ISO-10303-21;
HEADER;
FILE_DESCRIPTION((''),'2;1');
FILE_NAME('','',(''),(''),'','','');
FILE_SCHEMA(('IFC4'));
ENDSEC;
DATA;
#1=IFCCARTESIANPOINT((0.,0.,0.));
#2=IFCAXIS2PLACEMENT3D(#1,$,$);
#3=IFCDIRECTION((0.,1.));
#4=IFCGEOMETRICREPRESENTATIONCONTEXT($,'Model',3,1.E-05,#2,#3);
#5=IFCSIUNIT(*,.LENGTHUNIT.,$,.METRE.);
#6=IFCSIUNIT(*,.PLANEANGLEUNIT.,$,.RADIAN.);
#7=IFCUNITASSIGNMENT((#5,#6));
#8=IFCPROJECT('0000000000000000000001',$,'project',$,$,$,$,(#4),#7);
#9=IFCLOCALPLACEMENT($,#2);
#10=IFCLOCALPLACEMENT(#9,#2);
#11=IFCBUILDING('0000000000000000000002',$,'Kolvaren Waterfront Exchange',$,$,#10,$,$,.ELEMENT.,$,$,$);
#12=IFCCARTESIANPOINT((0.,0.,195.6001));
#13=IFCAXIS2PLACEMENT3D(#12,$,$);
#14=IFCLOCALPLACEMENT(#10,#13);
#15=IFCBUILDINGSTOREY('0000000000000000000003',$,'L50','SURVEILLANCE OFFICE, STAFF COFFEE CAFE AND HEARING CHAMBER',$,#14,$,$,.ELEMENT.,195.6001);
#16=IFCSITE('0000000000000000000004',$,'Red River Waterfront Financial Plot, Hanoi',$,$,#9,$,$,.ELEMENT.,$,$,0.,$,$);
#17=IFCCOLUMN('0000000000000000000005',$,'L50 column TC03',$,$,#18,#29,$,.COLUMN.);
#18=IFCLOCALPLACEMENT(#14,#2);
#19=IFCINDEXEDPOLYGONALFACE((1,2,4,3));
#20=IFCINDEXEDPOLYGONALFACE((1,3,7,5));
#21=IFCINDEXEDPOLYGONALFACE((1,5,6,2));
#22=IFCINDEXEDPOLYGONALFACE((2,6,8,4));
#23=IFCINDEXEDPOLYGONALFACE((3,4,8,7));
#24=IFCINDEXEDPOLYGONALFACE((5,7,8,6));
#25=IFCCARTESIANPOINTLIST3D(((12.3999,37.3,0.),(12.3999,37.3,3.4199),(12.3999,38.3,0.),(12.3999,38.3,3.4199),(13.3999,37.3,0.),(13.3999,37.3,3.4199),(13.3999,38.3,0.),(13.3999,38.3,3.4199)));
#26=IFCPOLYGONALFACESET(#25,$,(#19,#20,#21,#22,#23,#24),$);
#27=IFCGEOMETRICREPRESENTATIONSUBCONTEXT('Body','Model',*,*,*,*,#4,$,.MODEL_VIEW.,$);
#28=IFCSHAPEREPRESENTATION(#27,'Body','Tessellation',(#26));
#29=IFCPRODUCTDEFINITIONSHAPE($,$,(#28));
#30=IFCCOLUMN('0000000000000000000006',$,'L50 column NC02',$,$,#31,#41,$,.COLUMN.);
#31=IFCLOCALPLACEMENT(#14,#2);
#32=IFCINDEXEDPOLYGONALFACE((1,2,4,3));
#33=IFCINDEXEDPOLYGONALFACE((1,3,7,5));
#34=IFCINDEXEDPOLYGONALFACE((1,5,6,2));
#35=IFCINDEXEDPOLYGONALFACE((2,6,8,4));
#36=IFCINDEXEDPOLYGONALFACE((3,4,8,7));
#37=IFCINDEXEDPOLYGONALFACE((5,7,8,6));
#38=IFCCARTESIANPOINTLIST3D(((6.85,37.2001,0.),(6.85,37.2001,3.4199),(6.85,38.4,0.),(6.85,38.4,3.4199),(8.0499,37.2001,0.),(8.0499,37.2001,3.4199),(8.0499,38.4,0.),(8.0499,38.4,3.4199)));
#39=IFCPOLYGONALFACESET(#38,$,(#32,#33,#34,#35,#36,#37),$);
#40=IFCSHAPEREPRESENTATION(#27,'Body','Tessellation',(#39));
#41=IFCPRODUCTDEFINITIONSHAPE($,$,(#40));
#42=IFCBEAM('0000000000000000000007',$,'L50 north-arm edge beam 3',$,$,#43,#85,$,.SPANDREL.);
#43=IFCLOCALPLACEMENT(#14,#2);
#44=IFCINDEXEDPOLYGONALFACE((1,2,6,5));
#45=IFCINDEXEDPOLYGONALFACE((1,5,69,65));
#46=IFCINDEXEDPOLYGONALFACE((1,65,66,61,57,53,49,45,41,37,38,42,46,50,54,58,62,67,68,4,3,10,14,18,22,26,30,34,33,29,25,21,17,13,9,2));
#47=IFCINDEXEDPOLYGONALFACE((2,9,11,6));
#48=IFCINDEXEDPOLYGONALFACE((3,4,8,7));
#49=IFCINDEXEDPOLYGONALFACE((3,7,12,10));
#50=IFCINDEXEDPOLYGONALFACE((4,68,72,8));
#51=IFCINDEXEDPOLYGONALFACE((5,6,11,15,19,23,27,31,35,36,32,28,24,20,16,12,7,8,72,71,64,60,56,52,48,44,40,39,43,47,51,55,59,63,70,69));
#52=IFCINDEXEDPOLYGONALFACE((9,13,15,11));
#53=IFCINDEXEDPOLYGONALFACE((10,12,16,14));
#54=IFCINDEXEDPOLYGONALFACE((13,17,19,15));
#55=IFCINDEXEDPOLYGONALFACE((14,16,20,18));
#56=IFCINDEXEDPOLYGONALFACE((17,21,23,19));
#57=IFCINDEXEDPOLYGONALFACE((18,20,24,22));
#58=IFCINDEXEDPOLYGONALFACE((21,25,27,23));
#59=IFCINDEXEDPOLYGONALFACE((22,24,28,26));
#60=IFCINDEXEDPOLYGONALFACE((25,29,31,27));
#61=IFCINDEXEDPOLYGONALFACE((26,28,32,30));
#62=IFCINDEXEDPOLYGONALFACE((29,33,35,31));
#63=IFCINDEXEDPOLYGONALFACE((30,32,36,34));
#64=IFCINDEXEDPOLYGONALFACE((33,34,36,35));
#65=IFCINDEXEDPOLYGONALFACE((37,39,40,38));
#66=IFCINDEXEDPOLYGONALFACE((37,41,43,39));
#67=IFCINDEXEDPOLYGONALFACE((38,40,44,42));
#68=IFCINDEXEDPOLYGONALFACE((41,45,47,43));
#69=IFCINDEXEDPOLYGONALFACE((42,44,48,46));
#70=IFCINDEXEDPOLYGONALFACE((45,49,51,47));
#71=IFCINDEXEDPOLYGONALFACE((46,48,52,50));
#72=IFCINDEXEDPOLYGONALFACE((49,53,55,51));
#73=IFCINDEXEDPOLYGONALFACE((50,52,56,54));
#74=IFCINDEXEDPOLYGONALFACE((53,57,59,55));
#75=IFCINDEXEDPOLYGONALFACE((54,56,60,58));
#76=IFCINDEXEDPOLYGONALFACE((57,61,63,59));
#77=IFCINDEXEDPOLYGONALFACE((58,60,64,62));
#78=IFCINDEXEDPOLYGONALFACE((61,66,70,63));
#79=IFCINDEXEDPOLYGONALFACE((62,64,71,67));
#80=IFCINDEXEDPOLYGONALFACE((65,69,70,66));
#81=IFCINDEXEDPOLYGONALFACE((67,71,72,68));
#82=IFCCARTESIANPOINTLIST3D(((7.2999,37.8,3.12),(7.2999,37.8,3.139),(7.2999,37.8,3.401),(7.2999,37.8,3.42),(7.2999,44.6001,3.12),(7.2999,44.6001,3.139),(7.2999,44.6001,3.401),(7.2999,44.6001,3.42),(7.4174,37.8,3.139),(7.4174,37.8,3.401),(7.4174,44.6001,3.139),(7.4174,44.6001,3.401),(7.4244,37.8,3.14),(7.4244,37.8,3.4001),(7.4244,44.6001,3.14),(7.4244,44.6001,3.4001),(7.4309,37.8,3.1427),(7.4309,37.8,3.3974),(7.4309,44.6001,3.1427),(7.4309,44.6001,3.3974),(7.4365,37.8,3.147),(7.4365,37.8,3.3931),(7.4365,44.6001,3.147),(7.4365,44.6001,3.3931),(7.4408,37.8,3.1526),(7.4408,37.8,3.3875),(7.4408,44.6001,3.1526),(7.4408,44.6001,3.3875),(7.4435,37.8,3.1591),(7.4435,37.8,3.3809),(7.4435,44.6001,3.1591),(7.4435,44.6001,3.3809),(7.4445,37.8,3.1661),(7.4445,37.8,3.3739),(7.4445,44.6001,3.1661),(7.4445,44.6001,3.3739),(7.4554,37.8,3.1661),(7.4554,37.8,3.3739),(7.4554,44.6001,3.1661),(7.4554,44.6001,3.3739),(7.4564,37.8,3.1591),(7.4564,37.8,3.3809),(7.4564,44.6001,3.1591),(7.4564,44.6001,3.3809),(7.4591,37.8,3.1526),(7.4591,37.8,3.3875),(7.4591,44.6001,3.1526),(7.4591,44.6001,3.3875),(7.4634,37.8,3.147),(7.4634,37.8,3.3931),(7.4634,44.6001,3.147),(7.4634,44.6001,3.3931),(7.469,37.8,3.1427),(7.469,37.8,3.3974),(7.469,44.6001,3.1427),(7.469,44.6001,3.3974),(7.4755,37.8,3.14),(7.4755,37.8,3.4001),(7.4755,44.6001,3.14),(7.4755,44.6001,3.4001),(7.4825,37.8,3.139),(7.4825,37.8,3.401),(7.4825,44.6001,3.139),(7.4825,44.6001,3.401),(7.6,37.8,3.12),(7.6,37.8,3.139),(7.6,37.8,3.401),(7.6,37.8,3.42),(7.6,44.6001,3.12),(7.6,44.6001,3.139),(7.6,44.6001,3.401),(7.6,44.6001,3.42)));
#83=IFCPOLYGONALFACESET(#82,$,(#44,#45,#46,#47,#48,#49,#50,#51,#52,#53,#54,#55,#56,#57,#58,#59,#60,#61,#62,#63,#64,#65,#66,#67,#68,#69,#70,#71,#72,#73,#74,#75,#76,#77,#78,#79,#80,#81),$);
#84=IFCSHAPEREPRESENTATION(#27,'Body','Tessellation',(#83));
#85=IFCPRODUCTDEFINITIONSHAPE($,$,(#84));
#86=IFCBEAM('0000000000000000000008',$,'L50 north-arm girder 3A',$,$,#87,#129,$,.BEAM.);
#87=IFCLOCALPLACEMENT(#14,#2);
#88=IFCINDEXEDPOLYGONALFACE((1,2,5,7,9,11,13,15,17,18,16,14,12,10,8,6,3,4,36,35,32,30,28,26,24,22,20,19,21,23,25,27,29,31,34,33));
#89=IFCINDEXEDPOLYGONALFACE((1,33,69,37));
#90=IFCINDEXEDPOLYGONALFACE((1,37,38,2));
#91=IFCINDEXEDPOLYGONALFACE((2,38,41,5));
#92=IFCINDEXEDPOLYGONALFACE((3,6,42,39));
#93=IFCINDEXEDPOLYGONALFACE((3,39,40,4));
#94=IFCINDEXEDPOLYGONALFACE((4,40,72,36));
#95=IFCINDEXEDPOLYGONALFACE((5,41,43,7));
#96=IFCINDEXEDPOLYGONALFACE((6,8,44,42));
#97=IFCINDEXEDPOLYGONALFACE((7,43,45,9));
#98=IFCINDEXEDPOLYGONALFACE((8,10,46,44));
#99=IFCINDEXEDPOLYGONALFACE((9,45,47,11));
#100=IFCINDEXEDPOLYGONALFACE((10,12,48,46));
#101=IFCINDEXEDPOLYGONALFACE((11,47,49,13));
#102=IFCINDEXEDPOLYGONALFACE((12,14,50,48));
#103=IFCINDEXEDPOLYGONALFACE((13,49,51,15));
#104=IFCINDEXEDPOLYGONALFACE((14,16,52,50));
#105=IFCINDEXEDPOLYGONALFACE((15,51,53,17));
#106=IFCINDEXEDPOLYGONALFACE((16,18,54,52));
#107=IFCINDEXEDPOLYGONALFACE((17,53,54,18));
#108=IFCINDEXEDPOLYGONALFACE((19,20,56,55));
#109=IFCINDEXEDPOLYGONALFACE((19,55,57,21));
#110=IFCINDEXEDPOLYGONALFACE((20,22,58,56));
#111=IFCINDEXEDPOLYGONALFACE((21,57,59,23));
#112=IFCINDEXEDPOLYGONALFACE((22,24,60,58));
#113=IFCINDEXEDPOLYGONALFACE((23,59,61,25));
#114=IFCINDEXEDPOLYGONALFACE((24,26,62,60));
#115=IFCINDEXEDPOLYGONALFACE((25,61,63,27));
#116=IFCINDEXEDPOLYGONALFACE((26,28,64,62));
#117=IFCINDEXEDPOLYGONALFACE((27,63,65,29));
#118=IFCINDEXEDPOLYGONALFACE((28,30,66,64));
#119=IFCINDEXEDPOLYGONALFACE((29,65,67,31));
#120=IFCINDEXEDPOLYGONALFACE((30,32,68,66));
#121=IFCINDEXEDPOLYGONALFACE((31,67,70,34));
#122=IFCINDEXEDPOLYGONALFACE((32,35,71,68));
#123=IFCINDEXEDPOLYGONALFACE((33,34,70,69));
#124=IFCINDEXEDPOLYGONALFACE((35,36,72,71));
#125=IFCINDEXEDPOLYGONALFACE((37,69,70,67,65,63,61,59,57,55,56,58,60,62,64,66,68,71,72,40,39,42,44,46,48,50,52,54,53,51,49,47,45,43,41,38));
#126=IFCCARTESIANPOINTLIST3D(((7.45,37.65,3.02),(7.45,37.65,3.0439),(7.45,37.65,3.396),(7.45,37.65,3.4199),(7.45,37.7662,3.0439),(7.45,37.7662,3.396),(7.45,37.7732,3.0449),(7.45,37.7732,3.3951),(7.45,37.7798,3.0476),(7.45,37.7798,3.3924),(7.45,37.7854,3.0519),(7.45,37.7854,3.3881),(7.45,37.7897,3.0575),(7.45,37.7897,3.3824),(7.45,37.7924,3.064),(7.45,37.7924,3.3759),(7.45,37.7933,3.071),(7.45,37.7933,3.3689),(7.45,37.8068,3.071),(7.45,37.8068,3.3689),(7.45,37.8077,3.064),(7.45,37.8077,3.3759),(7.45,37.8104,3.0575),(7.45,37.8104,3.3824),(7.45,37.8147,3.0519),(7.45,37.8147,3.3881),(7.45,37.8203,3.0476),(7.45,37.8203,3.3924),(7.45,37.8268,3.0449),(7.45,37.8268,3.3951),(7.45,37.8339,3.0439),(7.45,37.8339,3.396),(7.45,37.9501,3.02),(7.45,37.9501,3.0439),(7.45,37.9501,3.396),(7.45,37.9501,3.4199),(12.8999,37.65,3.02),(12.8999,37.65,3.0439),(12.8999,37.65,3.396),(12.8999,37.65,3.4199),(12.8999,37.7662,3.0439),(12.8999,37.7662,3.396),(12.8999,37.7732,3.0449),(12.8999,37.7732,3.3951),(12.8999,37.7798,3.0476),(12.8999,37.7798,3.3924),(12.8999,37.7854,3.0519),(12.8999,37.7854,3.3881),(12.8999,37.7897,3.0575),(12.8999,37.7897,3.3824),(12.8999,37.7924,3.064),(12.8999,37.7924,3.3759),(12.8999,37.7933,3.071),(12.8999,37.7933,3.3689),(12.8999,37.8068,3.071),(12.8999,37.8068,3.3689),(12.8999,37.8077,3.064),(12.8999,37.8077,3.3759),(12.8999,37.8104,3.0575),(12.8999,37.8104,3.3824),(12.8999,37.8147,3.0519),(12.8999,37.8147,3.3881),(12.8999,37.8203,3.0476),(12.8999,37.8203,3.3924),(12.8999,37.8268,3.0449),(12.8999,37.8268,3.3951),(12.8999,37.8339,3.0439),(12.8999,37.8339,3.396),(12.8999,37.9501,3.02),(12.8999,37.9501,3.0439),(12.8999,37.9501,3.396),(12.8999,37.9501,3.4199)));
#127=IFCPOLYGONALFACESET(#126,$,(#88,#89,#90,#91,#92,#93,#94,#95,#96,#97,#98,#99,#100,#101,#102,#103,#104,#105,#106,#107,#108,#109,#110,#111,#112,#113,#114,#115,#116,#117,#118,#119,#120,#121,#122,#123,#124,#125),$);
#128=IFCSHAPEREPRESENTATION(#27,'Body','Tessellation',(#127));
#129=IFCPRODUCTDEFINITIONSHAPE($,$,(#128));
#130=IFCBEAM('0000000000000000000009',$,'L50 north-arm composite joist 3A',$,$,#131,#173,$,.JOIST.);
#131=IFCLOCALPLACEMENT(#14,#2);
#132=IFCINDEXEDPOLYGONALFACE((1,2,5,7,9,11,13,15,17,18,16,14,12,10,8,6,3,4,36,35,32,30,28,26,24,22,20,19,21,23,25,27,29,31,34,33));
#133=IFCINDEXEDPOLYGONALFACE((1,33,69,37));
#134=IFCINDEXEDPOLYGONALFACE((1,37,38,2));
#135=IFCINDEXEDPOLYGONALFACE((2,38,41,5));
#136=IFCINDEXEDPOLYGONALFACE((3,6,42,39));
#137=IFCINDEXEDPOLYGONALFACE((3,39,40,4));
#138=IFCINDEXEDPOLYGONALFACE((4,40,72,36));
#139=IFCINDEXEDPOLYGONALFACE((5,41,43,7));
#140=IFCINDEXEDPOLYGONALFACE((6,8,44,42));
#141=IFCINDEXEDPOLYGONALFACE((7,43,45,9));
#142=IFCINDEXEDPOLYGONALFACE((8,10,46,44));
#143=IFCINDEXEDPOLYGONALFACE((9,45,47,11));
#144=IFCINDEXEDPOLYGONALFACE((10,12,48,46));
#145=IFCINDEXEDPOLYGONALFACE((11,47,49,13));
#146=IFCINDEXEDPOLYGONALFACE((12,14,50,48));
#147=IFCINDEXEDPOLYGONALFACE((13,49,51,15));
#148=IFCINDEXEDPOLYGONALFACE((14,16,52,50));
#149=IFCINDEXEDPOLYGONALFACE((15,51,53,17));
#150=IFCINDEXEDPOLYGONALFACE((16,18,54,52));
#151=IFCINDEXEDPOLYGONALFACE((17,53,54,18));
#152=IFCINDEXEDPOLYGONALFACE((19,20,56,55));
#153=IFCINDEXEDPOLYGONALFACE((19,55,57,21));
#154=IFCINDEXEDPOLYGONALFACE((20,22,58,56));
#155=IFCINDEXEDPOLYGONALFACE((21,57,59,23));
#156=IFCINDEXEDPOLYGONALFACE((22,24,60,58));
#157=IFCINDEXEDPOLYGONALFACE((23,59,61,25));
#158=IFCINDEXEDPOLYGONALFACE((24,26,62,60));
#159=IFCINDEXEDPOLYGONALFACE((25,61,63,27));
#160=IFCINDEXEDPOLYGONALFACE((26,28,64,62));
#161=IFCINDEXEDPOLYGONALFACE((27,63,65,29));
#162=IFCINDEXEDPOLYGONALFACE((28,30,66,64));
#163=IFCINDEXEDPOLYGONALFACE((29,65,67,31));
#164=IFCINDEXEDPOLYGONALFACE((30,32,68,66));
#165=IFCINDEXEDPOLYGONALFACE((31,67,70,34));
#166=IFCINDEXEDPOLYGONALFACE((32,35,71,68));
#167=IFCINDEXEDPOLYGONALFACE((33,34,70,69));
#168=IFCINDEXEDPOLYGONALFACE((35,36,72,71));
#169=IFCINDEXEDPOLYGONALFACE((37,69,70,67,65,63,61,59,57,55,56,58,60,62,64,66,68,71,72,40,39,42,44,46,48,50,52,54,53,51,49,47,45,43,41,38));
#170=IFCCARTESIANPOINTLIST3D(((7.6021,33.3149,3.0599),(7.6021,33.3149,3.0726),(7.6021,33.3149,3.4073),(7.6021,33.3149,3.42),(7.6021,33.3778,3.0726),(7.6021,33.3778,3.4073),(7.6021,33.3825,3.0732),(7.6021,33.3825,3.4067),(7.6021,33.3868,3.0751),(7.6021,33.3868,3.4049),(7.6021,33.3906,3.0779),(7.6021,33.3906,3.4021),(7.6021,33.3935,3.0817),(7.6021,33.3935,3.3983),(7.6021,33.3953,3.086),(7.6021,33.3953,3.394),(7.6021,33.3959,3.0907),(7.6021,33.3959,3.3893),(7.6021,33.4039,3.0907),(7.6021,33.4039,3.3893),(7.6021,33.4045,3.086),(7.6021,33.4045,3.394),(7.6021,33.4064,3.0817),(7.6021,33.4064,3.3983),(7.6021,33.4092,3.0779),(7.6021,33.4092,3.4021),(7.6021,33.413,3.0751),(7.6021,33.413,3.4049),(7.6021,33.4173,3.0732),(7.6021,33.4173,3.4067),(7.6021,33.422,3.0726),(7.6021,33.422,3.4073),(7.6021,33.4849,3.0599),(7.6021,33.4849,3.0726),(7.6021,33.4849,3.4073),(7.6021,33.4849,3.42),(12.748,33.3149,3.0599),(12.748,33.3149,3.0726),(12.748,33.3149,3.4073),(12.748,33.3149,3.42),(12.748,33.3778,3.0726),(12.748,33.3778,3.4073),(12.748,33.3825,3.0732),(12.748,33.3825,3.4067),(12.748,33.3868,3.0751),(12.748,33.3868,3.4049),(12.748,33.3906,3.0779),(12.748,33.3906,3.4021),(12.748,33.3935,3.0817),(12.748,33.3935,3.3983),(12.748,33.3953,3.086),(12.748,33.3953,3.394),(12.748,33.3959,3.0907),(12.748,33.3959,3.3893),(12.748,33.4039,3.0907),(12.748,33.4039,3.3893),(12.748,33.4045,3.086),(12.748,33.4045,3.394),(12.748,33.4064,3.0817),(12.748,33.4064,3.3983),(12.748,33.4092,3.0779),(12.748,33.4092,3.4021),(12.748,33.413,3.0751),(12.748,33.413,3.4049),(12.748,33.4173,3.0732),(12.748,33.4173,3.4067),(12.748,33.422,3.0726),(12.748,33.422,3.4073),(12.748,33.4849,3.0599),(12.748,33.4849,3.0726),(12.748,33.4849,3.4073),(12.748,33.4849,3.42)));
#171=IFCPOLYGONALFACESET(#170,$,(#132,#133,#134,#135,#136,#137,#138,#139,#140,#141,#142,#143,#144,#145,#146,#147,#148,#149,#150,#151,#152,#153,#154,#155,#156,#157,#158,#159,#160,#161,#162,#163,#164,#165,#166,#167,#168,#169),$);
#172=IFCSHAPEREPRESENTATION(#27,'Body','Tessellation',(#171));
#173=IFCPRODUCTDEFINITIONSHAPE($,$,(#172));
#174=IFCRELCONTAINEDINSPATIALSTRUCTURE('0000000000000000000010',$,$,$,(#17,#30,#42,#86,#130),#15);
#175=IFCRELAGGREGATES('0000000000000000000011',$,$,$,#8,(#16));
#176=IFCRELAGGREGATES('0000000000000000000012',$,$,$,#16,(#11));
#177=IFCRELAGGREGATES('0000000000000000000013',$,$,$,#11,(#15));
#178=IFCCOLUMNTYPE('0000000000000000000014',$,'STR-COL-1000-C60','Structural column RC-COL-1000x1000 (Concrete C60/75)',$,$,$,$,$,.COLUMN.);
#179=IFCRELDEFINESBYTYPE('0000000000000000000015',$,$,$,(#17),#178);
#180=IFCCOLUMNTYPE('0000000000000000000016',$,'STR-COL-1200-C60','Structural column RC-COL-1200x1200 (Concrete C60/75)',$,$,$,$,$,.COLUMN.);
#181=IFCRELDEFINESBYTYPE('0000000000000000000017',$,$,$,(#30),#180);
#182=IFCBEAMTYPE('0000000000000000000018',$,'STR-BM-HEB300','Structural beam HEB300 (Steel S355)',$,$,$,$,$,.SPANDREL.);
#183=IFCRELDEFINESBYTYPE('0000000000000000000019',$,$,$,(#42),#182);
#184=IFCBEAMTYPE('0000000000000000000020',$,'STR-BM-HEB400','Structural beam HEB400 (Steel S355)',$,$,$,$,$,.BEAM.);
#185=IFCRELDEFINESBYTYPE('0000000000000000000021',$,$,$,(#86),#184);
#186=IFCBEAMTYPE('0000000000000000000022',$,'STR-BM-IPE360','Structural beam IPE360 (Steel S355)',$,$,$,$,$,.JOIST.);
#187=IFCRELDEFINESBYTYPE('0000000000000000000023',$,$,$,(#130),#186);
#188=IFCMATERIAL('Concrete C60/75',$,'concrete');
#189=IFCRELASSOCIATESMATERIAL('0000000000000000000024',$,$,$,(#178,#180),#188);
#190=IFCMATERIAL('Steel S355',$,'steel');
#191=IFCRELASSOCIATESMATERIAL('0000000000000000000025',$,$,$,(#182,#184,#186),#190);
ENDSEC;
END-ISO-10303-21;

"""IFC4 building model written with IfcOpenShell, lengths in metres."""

from ifc_helpers import new_model, si_unit, direction, frame, origin, origin_2d, place, context, subcontext, project, spatial, rectangle, i_section, extrude, material, material_profile, profile_set, type_object, element, save


model = new_model("IFC4")

# Units and contexts
model_context = context("Model", 3, precision=1e-05, world=origin(), true_north=direction((0.0, 1.0)))
body_context = subcontext(model_context, "Body", "Model", "MODEL_VIEW")
ifc_project = project(units=[si_unit("LENGTHUNIT", "METRE"), si_unit("PLANEANGLEUNIT", "RADIAN")], contexts=[model_context])

# Site, building, storey
site_placement = place(None, origin())
site = spatial("IfcSite", under=ifc_project, at=site_placement, Name="Red River Waterfront Financial Plot, Hanoi", CompositionType="ELEMENT", RefElevation=0.0)
building_placement = place(site_placement, origin())
building = spatial("IfcBuilding", under=site, at=building_placement, Name="Kolvaren Waterfront Exchange", CompositionType="ELEMENT")
storey_placement = place(building_placement, frame((0.0, 0.0, 195.6001)))
storey = spatial("IfcBuildingStorey", under=building, at=storey_placement, Name="L50", Description="SURVEILLANCE OFFICE, STAFF COFFEE CAFE AND HEARING CHAMBER", CompositionType="ELEMENT", Elevation=195.6001)

# Columns
ifc_material_1 = material(Name="Concrete C60/75", Category="concrete")
ifc_material_profile_1 = material_profile(ifc_material_1, rectangle(XDim=1.0, YDim=1.0, at=origin_2d()), Name="RC-COL-1000x1000")
ifc_profile_set_1 = profile_set([ifc_material_profile_1], Name="Concrete C60/75")
column_type_1 = type_object("IfcColumnType", Name="STR-COL-1000-C60", Description="Structural column RC-COL-1000x1000 (Concrete C60/75)", PredefinedType="COLUMN", material=ifc_profile_set_1)
column_1_placement = place(storey_placement, frame((12.8999, 37.8, 0.0), z_axis=(0.0, 0.0, 1.0), x_axis=(1.0, 0.0, 0.0)))
element("IfcColumn", 1, at=column_1_placement, inside=storey, type_object=column_type_1, Name="L50 column TC03", PredefinedType="COLUMN", context=body_context, shape_type="SweptSolid", body=[
    extrude(rectangle(XDim=1.0, YDim=1.0, at=origin_2d()), origin(), (0.0, 0.0, 1.0), 3.4199),
])
ifc_material_profile_2 = material_profile(ifc_material_1, rectangle(XDim=1.2, YDim=1.2, at=origin_2d()), Name="RC-COL-1200x1200")
ifc_profile_set_2 = profile_set([ifc_material_profile_2], Name="Concrete C60/75")
column_type_2 = type_object("IfcColumnType", Name="STR-COL-1200-C60", Description="Structural column RC-COL-1200x1200 (Concrete C60/75)", PredefinedType="COLUMN", material=ifc_profile_set_2)
column_2_placement = place(storey_placement, frame((7.45, 37.8, 0.0), z_axis=(0.0, 0.0, 1.0), x_axis=(1.0, 0.0, 0.0)))
element("IfcColumn", 2, at=column_2_placement, inside=storey, type_object=column_type_2, Name="L50 column NC02", PredefinedType="COLUMN", context=body_context, shape_type="SweptSolid", body=[
    extrude(rectangle(XDim=1.2, YDim=1.2, at=origin_2d()), origin(), (0.0, 0.0, 1.0), 3.4199),
])

# Beams
ifc_material_2 = material(Name="Steel S355", Category="steel")
ifc_material_profile_3 = material_profile(ifc_material_2, i_section(OverallWidth=0.3, OverallDepth=0.3, WebThickness=0.011, FlangeThickness=0.019, FilletRadius=0.0271, at=origin_2d()), Name="HEB300")
ifc_profile_set_3 = profile_set([ifc_material_profile_3], Name="Steel S355")
beam_type_1 = type_object("IfcBeamType", Name="STR-BM-HEB300", Description="Structural beam HEB300 (Steel S355)", PredefinedType="SPANDREL", material=ifc_profile_set_3)
beam_1_placement = place(storey_placement, frame((7.45, 37.8, 3.27), z_axis=(0.0, 1.0, 0.0), x_axis=(-1.0, 0.0, 0.0)))
element("IfcBeam", 3, at=beam_1_placement, inside=storey, type_object=beam_type_1, Name="L50 north-arm edge beam 3", PredefinedType="SPANDREL", context=body_context, shape_type="SweptSolid", body=[
    extrude(i_section(OverallWidth=0.3, OverallDepth=0.3, WebThickness=0.011, FlangeThickness=0.019, FilletRadius=0.0271, at=origin_2d()), origin(), (0.0, 0.0, 1.0), 6.8),
])
ifc_material_profile_4 = material_profile(ifc_material_2, i_section(OverallWidth=0.3, OverallDepth=0.3999, WebThickness=0.0134, FlangeThickness=0.0239, FilletRadius=0.0271, at=origin_2d()), Name="HEB400")
ifc_profile_set_4 = profile_set([ifc_material_profile_4], Name="Steel S355")
beam_type_2 = type_object("IfcBeamType", Name="STR-BM-HEB400", Description="Structural beam HEB400 (Steel S355)", PredefinedType="BEAM", material=ifc_profile_set_4)
beam_2_placement = place(storey_placement, frame((7.45, 37.8, 3.22), z_axis=(1.0, 0.0, 0.0), x_axis=(0.0, 1.0, 0.0)))
element("IfcBeam", 4, at=beam_2_placement, inside=storey, type_object=beam_type_2, Name="L50 north-arm girder 3A", PredefinedType="BEAM", context=body_context, shape_type="SweptSolid", body=[
    extrude(i_section(OverallWidth=0.3, OverallDepth=0.3999, WebThickness=0.0134, FlangeThickness=0.0239, FilletRadius=0.0271, at=origin_2d()), origin(), (0.0, 0.0, 1.0), 5.45),
])
ifc_material_profile_5 = material_profile(ifc_material_2, i_section(OverallWidth=0.1699, OverallDepth=0.3601, WebThickness=0.0081, FlangeThickness=0.0127, FilletRadius=0.0181, at=origin_2d()), Name="IPE360")
ifc_profile_set_5 = profile_set([ifc_material_profile_5], Name="Steel S355")
beam_type_3 = type_object("IfcBeamType", Name="STR-BM-IPE360", Description="Structural beam IPE360 (Steel S355)", PredefinedType="JOIST", material=ifc_profile_set_5)
beam_3_placement = place(storey_placement, frame((7.6021, 33.3999, 3.24), z_axis=(1.0, 0.0, 0.0), x_axis=(0.0, 1.0, 0.0)))
element("IfcBeam", 5, at=beam_3_placement, inside=storey, type_object=beam_type_3, Name="L50 north-arm composite joist 3A", PredefinedType="JOIST", context=body_context, shape_type="SweptSolid", body=[
    extrude(i_section(OverallWidth=0.1699, OverallDepth=0.3601, WebThickness=0.0081, FlangeThickness=0.0127, FilletRadius=0.0181, at=origin_2d()), origin(), (0.0, 0.0, 1.0), 5.146),
])

save(model, "model.ifc")
